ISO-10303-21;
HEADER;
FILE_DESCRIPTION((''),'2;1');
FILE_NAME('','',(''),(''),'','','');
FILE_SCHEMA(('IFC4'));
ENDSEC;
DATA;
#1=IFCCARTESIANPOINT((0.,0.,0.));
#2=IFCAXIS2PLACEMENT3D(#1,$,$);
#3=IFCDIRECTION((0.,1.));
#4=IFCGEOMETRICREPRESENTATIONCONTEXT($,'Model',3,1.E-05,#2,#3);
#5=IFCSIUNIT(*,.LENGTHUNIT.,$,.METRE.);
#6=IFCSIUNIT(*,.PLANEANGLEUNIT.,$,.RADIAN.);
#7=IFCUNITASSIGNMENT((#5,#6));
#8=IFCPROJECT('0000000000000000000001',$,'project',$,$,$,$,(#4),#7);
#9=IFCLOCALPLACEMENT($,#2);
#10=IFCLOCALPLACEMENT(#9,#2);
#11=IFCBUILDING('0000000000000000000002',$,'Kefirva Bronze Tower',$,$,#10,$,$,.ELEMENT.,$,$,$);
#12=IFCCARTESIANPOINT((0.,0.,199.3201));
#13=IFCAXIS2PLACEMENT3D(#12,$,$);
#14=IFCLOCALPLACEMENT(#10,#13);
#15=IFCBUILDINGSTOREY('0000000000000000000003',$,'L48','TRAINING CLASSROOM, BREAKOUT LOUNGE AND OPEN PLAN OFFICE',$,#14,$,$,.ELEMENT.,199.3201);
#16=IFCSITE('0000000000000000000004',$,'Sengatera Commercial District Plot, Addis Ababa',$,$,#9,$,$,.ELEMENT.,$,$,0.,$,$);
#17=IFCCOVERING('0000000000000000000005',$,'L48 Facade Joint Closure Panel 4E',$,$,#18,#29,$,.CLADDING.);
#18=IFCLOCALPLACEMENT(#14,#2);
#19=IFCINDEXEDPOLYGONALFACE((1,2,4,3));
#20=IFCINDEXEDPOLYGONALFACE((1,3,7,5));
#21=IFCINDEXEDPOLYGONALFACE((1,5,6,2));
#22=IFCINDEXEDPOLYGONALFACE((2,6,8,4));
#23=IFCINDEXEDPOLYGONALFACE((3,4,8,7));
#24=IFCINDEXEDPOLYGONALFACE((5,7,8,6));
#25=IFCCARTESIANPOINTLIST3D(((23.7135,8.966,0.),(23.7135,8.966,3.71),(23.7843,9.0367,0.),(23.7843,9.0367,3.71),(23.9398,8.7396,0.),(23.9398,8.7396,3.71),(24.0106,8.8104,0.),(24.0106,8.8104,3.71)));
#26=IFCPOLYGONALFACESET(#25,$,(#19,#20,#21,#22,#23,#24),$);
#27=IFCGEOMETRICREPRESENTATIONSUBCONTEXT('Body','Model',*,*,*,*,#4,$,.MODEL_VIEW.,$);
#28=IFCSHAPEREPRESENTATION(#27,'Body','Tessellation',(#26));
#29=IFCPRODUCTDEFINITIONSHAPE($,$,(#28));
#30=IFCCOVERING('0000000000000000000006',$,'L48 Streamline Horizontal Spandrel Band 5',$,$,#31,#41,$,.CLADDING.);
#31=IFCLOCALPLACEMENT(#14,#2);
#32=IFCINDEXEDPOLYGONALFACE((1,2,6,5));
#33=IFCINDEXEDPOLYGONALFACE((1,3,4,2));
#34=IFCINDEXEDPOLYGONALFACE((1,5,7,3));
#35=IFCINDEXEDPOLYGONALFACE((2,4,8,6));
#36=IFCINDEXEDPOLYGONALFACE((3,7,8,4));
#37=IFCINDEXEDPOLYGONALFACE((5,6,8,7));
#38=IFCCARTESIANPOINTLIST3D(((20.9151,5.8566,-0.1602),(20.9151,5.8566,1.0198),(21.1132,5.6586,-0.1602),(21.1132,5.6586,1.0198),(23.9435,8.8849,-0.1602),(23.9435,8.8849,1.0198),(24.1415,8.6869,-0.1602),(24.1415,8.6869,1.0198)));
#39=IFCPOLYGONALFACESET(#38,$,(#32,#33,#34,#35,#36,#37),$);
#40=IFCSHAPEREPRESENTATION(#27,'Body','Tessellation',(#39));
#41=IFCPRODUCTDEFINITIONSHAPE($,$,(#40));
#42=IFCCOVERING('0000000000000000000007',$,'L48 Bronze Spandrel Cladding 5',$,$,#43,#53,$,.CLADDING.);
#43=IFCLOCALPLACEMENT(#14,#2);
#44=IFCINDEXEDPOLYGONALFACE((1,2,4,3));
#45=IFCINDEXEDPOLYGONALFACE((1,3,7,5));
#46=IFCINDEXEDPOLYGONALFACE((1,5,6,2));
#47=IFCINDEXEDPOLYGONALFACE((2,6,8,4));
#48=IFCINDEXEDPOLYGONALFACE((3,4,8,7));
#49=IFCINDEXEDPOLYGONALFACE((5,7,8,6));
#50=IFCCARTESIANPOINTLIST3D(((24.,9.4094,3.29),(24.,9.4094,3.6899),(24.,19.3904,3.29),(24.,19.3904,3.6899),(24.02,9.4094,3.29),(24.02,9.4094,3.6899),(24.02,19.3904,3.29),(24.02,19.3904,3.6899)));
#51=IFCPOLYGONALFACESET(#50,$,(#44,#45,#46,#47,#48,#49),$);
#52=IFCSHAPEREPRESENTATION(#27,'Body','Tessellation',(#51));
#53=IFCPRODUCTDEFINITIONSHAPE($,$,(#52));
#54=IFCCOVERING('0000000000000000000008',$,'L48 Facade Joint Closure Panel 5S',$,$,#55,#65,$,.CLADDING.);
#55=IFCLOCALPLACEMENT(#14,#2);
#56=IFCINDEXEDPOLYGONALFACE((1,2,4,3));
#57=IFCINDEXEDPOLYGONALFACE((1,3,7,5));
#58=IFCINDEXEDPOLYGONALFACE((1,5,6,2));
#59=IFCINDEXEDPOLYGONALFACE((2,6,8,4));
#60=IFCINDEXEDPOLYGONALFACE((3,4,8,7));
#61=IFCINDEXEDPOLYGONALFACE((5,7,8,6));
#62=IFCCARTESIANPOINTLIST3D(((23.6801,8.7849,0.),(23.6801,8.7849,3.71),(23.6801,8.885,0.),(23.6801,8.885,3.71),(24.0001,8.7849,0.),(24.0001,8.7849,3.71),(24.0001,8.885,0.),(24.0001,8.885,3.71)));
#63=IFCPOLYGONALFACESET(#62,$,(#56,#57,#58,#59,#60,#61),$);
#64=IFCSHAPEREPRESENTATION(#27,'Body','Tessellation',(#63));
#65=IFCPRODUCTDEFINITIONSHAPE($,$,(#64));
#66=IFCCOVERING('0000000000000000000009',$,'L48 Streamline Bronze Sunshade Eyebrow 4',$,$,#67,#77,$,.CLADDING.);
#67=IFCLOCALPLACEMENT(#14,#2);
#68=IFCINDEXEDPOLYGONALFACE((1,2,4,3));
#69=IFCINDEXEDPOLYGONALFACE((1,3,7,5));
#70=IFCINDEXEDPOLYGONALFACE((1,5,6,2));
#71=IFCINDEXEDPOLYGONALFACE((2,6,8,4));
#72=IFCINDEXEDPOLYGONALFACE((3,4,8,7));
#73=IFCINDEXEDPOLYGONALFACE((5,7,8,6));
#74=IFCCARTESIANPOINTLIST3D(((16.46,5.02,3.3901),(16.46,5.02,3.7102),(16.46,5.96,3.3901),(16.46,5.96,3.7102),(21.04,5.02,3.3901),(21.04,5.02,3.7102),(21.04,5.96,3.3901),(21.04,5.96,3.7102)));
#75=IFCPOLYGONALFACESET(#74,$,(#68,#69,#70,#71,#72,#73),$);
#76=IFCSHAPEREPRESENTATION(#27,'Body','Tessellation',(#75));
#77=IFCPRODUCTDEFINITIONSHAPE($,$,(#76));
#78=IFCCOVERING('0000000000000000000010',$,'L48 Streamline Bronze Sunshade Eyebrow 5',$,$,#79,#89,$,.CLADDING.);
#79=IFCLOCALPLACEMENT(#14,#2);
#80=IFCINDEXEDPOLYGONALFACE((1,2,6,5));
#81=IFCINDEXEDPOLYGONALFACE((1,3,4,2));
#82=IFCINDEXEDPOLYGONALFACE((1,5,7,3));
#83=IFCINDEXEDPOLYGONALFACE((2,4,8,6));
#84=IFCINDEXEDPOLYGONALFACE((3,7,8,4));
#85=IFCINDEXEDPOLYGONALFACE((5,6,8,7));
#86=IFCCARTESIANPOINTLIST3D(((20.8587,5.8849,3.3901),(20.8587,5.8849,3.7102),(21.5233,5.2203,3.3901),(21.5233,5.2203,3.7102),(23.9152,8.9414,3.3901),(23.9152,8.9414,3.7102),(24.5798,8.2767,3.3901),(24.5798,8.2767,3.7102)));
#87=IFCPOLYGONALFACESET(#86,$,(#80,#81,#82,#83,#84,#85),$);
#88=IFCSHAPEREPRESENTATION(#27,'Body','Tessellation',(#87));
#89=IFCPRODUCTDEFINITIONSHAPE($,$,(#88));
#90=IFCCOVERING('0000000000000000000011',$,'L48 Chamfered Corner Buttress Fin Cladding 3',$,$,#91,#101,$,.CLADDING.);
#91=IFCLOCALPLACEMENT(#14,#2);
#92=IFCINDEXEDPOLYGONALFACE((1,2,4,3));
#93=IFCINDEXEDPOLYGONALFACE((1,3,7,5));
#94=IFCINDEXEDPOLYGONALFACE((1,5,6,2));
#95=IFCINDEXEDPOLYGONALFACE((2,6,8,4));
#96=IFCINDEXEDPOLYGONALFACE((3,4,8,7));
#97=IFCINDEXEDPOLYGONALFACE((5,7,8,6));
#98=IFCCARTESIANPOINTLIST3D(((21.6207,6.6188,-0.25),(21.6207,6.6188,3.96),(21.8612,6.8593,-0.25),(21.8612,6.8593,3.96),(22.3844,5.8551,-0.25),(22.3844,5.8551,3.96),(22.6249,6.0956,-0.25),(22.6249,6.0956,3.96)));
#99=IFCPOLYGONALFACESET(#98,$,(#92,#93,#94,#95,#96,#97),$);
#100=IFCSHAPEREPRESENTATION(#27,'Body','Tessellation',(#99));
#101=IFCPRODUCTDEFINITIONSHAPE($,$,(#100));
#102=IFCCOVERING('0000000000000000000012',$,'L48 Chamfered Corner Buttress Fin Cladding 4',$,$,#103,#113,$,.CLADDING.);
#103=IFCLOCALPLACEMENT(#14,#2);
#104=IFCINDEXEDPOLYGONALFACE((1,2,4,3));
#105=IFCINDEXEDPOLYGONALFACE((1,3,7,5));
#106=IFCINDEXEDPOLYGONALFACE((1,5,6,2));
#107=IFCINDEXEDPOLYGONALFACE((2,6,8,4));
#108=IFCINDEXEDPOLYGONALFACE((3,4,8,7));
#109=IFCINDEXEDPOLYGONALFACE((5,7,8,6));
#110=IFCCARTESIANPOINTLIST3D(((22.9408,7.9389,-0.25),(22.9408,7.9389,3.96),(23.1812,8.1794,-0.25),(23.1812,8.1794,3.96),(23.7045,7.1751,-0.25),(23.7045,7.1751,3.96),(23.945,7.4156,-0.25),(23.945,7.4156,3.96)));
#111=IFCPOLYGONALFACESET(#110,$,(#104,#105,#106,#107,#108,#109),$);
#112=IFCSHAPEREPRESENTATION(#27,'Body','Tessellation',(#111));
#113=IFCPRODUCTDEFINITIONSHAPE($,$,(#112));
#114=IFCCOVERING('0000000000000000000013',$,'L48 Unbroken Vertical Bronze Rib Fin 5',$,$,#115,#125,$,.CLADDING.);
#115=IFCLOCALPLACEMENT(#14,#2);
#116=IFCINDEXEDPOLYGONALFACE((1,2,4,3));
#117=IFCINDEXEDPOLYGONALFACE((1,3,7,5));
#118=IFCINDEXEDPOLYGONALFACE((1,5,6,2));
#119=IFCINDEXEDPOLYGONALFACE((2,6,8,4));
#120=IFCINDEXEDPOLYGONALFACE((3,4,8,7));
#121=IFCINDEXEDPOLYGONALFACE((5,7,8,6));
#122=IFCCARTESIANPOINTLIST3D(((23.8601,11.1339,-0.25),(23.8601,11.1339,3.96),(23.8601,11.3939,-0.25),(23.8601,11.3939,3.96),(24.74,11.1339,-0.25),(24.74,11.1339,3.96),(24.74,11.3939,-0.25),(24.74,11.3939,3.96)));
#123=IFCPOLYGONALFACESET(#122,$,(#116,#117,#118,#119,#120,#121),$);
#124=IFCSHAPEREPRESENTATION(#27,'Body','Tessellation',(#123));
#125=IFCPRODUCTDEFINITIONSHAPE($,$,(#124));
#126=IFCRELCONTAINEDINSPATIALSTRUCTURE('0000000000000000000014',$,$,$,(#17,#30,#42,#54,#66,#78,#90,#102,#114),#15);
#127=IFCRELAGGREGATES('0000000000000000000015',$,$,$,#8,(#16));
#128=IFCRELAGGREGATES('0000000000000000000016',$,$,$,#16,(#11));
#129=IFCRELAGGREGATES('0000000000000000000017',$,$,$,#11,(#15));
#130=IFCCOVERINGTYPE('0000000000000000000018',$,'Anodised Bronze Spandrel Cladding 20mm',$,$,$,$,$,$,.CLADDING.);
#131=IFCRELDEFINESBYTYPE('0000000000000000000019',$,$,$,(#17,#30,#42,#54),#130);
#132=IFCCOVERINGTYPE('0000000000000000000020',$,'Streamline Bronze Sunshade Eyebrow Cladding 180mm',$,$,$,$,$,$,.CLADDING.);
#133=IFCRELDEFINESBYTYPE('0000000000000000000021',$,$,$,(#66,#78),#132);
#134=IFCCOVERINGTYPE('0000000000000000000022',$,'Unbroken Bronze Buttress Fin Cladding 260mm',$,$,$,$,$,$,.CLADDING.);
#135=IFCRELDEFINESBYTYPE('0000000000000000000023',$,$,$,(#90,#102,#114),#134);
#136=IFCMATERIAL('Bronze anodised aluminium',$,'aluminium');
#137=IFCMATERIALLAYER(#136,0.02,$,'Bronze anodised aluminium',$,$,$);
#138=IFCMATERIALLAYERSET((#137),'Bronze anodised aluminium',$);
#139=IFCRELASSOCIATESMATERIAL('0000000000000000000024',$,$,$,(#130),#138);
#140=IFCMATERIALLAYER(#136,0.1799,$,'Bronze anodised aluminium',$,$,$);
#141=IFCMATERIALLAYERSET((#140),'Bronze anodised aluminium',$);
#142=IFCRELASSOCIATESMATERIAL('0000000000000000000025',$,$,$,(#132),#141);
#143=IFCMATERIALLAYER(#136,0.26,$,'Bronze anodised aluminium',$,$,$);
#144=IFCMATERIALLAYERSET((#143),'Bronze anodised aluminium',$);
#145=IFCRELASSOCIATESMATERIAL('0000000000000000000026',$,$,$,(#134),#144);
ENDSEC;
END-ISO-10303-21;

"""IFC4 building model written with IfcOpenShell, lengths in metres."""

from ifc_helpers import new_model, si_unit, direction, frame, origin, origin_2d, place, context, subcontext, project, spatial, rectangle, extrude, material, layer, layer_set, type_object, element, save


model = new_model("IFC4")

# Units and contexts
model_context = context("Model", 3, precision=1e-05, world=origin(), true_north=direction((0.0, 1.0)))
body_context = subcontext(model_context, "Body", "Model", "MODEL_VIEW")
ifc_project = project(units=[si_unit("LENGTHUNIT", "METRE"), si_unit("PLANEANGLEUNIT", "RADIAN")], contexts=[model_context])

# Site, building, storey
site_placement = place(None, origin())
site = spatial("IfcSite", under=ifc_project, at=site_placement, Name="Sengatera Commercial District Plot, Addis Ababa", CompositionType="ELEMENT", RefElevation=0.0)
building_placement = place(site_placement, origin())
building = spatial("IfcBuilding", under=site, at=building_placement, Name="Kefirva Bronze Tower", CompositionType="ELEMENT")
storey_placement = place(building_placement, frame((0.0, 0.0, 199.3201)))
storey = spatial("IfcBuildingStorey", under=building, at=storey_placement, Name="L48", Description="TRAINING CLASSROOM, BREAKOUT LOUNGE AND OPEN PLAN OFFICE", CompositionType="ELEMENT", Elevation=199.3201)

# Coverings
ifc_material_1 = material(Name="Bronze anodised aluminium", Category="aluminium")
ifc_layer_1 = layer(ifc_material_1, 0.02, Name="Bronze anodised aluminium")
ifc_layer_set_1 = layer_set([ifc_layer_1], Name="Bronze anodised aluminium")
covering_type_1 = type_object("IfcCoveringType", Name="Anodised Bronze Spandrel Cladding 20mm", PredefinedType="CLADDING", material=ifc_layer_set_1)
for number, where, z_axis, x_axis, name in (
    (1, (23.8621, 8.8882, 0.0), (0.0, 0.0, 1.0), (0.707107, 0.707107, 0.0), "L48 Facade Joint Closure Panel 4E"),
):
    element("IfcCovering", number, at=place(storey_placement, frame(where, z_axis=z_axis, x_axis=x_axis)), inside=storey, type_object=covering_type_1, Name=name, PredefinedType="CLADDING", context=body_context, shape_type="SweptSolid", body=[
        extrude(rectangle(XDim=0.1001, YDim=0.3201, at=origin_2d()), origin(), (0.0, 0.0, 1.0), 3.71),
    ])
covering_1_placement = place(storey_placement, frame((22.5283, 7.2717, -0.1602), z_axis=(0.0, 0.0, 1.0), x_axis=(0.707107, 0.707107, 0.0)))
element("IfcCovering", 2, at=covering_1_placement, inside=storey, type_object=covering_type_1, Name="L48 Streamline Horizontal Spandrel Band 5", PredefinedType="CLADDING", context=body_context, shape_type="SweptSolid", body=[
    extrude(rectangle(XDim=4.2827, YDim=0.28, at=origin_2d()), origin(), (0.0, 0.0, 1.0), 1.1799),
])
covering_2_placement = place(storey_placement, frame((24.01, 14.3999, 3.29), z_axis=(0.0, 0.0, 1.0), x_axis=(0.0, 1.0, 0.0)))
element("IfcCovering", 3, at=covering_2_placement, inside=storey, type_object=covering_type_1, Name="L48 Bronze Spandrel Cladding 5", PredefinedType="CLADDING", context=body_context, shape_type="SweptSolid", body=[
    extrude(rectangle(XDim=9.981, YDim=0.02, at=origin_2d()), origin(), (0.0, 0.0, 1.0), 0.3999),
])
covering_3_placement = place(storey_placement, frame((23.8401, 8.835, 0.0), z_axis=(0.0, 0.0, 1.0), x_axis=(0.0, 1.0, 0.0)))
element("IfcCovering", 4, at=covering_3_placement, inside=storey, type_object=covering_type_1, Name="L48 Facade Joint Closure Panel 5S", PredefinedType="CLADDING", context=body_context, shape_type="SweptSolid", body=[
    extrude(rectangle(XDim=0.1001, YDim=0.3201, at=origin_2d()), origin(), (0.0, 0.0, 1.0), 3.71),
])
ifc_layer_2 = layer(ifc_material_1, 0.1799, Name="Bronze anodised aluminium")
ifc_layer_set_2 = layer_set([ifc_layer_2], Name="Bronze anodised aluminium")
covering_type_2 = type_object("IfcCoveringType", Name="Streamline Bronze Sunshade Eyebrow Cladding 180mm", PredefinedType="CLADDING", material=ifc_layer_set_2)
covering_4_placement = place(storey_placement, frame((18.75, 5.49, 3.3901), z_axis=(0.0, 0.0, 1.0), x_axis=(1.0, 0.0, 0.0)))
element("IfcCovering", 5, at=covering_4_placement, inside=storey, type_object=covering_type_2, Name="L48 Streamline Bronze Sunshade Eyebrow 4", PredefinedType="CLADDING", context=body_context, shape_type="SweptSolid", body=[
    extrude(rectangle(XDim=4.5801, YDim=0.9399, at=origin_2d()), origin(), (0.0, 0.0, 1.0), 0.3201),
])
covering_5_placement = place(storey_placement, frame((22.7192, 7.0808, 3.3901), z_axis=(0.0, 0.0, 1.0), x_axis=(0.707107, 0.707107, 0.0)))
element("IfcCovering", 6, at=covering_5_placement, inside=storey, type_object=covering_type_2, Name="L48 Streamline Bronze Sunshade Eyebrow 5", PredefinedType="CLADDING", context=body_context, shape_type="SweptSolid", body=[
    extrude(rectangle(XDim=4.3225, YDim=0.9399, at=origin_2d()), origin(), (0.0, 0.0, 1.0), 0.3201),
])
ifc_layer_3 = layer(ifc_material_1, 0.26, Name="Bronze anodised aluminium")
ifc_layer_set_3 = layer_set([ifc_layer_3], Name="Bronze anodised aluminium")
covering_type_3 = type_object("IfcCoveringType", Name="Unbroken Bronze Buttress Fin Cladding 260mm", PredefinedType="CLADDING", material=ifc_layer_set_3)
for number, where, z_axis, x_axis, name in (
    (7, (22.1228, 6.3572, -0.25), (0.0, 0.0, 1.0), (0.707107, 0.707107, 0.0), "L48 Chamfered Corner Buttress Fin Cladding 3"),
    (8, (23.4429, 7.6772, -0.25), (0.0, 0.0, 1.0), (0.707107, 0.707107, 0.0), "L48 Chamfered Corner Buttress Fin Cladding 4"),
):
    element("IfcCovering", number, at=place(storey_placement, frame(where, z_axis=z_axis, x_axis=x_axis)), inside=storey, type_object=covering_type_3, Name=name, PredefinedType="CLADDING", context=body_context, shape_type="SweptSolid", body=[
        extrude(rectangle(XDim=0.3401, YDim=1.0801, at=origin_2d()), origin(), (0.0, 0.0, 1.0), 4.21),
    ])
covering_6_placement = place(storey_placement, frame((24.3, 11.2639, -0.25), z_axis=(0.0, 0.0, 1.0), x_axis=(0.0, 1.0, 0.0)))
element("IfcCovering", 9, at=covering_6_placement, inside=storey, type_object=covering_type_3, Name="L48 Unbroken Vertical Bronze Rib Fin 5", PredefinedType="CLADDING", context=body_context, shape_type="SweptSolid", body=[
    extrude(rectangle(XDim=0.26, YDim=0.8799, at=origin_2d()), origin(), (0.0, 0.0, 1.0), 4.21),
])

save(model, "model.ifc")
